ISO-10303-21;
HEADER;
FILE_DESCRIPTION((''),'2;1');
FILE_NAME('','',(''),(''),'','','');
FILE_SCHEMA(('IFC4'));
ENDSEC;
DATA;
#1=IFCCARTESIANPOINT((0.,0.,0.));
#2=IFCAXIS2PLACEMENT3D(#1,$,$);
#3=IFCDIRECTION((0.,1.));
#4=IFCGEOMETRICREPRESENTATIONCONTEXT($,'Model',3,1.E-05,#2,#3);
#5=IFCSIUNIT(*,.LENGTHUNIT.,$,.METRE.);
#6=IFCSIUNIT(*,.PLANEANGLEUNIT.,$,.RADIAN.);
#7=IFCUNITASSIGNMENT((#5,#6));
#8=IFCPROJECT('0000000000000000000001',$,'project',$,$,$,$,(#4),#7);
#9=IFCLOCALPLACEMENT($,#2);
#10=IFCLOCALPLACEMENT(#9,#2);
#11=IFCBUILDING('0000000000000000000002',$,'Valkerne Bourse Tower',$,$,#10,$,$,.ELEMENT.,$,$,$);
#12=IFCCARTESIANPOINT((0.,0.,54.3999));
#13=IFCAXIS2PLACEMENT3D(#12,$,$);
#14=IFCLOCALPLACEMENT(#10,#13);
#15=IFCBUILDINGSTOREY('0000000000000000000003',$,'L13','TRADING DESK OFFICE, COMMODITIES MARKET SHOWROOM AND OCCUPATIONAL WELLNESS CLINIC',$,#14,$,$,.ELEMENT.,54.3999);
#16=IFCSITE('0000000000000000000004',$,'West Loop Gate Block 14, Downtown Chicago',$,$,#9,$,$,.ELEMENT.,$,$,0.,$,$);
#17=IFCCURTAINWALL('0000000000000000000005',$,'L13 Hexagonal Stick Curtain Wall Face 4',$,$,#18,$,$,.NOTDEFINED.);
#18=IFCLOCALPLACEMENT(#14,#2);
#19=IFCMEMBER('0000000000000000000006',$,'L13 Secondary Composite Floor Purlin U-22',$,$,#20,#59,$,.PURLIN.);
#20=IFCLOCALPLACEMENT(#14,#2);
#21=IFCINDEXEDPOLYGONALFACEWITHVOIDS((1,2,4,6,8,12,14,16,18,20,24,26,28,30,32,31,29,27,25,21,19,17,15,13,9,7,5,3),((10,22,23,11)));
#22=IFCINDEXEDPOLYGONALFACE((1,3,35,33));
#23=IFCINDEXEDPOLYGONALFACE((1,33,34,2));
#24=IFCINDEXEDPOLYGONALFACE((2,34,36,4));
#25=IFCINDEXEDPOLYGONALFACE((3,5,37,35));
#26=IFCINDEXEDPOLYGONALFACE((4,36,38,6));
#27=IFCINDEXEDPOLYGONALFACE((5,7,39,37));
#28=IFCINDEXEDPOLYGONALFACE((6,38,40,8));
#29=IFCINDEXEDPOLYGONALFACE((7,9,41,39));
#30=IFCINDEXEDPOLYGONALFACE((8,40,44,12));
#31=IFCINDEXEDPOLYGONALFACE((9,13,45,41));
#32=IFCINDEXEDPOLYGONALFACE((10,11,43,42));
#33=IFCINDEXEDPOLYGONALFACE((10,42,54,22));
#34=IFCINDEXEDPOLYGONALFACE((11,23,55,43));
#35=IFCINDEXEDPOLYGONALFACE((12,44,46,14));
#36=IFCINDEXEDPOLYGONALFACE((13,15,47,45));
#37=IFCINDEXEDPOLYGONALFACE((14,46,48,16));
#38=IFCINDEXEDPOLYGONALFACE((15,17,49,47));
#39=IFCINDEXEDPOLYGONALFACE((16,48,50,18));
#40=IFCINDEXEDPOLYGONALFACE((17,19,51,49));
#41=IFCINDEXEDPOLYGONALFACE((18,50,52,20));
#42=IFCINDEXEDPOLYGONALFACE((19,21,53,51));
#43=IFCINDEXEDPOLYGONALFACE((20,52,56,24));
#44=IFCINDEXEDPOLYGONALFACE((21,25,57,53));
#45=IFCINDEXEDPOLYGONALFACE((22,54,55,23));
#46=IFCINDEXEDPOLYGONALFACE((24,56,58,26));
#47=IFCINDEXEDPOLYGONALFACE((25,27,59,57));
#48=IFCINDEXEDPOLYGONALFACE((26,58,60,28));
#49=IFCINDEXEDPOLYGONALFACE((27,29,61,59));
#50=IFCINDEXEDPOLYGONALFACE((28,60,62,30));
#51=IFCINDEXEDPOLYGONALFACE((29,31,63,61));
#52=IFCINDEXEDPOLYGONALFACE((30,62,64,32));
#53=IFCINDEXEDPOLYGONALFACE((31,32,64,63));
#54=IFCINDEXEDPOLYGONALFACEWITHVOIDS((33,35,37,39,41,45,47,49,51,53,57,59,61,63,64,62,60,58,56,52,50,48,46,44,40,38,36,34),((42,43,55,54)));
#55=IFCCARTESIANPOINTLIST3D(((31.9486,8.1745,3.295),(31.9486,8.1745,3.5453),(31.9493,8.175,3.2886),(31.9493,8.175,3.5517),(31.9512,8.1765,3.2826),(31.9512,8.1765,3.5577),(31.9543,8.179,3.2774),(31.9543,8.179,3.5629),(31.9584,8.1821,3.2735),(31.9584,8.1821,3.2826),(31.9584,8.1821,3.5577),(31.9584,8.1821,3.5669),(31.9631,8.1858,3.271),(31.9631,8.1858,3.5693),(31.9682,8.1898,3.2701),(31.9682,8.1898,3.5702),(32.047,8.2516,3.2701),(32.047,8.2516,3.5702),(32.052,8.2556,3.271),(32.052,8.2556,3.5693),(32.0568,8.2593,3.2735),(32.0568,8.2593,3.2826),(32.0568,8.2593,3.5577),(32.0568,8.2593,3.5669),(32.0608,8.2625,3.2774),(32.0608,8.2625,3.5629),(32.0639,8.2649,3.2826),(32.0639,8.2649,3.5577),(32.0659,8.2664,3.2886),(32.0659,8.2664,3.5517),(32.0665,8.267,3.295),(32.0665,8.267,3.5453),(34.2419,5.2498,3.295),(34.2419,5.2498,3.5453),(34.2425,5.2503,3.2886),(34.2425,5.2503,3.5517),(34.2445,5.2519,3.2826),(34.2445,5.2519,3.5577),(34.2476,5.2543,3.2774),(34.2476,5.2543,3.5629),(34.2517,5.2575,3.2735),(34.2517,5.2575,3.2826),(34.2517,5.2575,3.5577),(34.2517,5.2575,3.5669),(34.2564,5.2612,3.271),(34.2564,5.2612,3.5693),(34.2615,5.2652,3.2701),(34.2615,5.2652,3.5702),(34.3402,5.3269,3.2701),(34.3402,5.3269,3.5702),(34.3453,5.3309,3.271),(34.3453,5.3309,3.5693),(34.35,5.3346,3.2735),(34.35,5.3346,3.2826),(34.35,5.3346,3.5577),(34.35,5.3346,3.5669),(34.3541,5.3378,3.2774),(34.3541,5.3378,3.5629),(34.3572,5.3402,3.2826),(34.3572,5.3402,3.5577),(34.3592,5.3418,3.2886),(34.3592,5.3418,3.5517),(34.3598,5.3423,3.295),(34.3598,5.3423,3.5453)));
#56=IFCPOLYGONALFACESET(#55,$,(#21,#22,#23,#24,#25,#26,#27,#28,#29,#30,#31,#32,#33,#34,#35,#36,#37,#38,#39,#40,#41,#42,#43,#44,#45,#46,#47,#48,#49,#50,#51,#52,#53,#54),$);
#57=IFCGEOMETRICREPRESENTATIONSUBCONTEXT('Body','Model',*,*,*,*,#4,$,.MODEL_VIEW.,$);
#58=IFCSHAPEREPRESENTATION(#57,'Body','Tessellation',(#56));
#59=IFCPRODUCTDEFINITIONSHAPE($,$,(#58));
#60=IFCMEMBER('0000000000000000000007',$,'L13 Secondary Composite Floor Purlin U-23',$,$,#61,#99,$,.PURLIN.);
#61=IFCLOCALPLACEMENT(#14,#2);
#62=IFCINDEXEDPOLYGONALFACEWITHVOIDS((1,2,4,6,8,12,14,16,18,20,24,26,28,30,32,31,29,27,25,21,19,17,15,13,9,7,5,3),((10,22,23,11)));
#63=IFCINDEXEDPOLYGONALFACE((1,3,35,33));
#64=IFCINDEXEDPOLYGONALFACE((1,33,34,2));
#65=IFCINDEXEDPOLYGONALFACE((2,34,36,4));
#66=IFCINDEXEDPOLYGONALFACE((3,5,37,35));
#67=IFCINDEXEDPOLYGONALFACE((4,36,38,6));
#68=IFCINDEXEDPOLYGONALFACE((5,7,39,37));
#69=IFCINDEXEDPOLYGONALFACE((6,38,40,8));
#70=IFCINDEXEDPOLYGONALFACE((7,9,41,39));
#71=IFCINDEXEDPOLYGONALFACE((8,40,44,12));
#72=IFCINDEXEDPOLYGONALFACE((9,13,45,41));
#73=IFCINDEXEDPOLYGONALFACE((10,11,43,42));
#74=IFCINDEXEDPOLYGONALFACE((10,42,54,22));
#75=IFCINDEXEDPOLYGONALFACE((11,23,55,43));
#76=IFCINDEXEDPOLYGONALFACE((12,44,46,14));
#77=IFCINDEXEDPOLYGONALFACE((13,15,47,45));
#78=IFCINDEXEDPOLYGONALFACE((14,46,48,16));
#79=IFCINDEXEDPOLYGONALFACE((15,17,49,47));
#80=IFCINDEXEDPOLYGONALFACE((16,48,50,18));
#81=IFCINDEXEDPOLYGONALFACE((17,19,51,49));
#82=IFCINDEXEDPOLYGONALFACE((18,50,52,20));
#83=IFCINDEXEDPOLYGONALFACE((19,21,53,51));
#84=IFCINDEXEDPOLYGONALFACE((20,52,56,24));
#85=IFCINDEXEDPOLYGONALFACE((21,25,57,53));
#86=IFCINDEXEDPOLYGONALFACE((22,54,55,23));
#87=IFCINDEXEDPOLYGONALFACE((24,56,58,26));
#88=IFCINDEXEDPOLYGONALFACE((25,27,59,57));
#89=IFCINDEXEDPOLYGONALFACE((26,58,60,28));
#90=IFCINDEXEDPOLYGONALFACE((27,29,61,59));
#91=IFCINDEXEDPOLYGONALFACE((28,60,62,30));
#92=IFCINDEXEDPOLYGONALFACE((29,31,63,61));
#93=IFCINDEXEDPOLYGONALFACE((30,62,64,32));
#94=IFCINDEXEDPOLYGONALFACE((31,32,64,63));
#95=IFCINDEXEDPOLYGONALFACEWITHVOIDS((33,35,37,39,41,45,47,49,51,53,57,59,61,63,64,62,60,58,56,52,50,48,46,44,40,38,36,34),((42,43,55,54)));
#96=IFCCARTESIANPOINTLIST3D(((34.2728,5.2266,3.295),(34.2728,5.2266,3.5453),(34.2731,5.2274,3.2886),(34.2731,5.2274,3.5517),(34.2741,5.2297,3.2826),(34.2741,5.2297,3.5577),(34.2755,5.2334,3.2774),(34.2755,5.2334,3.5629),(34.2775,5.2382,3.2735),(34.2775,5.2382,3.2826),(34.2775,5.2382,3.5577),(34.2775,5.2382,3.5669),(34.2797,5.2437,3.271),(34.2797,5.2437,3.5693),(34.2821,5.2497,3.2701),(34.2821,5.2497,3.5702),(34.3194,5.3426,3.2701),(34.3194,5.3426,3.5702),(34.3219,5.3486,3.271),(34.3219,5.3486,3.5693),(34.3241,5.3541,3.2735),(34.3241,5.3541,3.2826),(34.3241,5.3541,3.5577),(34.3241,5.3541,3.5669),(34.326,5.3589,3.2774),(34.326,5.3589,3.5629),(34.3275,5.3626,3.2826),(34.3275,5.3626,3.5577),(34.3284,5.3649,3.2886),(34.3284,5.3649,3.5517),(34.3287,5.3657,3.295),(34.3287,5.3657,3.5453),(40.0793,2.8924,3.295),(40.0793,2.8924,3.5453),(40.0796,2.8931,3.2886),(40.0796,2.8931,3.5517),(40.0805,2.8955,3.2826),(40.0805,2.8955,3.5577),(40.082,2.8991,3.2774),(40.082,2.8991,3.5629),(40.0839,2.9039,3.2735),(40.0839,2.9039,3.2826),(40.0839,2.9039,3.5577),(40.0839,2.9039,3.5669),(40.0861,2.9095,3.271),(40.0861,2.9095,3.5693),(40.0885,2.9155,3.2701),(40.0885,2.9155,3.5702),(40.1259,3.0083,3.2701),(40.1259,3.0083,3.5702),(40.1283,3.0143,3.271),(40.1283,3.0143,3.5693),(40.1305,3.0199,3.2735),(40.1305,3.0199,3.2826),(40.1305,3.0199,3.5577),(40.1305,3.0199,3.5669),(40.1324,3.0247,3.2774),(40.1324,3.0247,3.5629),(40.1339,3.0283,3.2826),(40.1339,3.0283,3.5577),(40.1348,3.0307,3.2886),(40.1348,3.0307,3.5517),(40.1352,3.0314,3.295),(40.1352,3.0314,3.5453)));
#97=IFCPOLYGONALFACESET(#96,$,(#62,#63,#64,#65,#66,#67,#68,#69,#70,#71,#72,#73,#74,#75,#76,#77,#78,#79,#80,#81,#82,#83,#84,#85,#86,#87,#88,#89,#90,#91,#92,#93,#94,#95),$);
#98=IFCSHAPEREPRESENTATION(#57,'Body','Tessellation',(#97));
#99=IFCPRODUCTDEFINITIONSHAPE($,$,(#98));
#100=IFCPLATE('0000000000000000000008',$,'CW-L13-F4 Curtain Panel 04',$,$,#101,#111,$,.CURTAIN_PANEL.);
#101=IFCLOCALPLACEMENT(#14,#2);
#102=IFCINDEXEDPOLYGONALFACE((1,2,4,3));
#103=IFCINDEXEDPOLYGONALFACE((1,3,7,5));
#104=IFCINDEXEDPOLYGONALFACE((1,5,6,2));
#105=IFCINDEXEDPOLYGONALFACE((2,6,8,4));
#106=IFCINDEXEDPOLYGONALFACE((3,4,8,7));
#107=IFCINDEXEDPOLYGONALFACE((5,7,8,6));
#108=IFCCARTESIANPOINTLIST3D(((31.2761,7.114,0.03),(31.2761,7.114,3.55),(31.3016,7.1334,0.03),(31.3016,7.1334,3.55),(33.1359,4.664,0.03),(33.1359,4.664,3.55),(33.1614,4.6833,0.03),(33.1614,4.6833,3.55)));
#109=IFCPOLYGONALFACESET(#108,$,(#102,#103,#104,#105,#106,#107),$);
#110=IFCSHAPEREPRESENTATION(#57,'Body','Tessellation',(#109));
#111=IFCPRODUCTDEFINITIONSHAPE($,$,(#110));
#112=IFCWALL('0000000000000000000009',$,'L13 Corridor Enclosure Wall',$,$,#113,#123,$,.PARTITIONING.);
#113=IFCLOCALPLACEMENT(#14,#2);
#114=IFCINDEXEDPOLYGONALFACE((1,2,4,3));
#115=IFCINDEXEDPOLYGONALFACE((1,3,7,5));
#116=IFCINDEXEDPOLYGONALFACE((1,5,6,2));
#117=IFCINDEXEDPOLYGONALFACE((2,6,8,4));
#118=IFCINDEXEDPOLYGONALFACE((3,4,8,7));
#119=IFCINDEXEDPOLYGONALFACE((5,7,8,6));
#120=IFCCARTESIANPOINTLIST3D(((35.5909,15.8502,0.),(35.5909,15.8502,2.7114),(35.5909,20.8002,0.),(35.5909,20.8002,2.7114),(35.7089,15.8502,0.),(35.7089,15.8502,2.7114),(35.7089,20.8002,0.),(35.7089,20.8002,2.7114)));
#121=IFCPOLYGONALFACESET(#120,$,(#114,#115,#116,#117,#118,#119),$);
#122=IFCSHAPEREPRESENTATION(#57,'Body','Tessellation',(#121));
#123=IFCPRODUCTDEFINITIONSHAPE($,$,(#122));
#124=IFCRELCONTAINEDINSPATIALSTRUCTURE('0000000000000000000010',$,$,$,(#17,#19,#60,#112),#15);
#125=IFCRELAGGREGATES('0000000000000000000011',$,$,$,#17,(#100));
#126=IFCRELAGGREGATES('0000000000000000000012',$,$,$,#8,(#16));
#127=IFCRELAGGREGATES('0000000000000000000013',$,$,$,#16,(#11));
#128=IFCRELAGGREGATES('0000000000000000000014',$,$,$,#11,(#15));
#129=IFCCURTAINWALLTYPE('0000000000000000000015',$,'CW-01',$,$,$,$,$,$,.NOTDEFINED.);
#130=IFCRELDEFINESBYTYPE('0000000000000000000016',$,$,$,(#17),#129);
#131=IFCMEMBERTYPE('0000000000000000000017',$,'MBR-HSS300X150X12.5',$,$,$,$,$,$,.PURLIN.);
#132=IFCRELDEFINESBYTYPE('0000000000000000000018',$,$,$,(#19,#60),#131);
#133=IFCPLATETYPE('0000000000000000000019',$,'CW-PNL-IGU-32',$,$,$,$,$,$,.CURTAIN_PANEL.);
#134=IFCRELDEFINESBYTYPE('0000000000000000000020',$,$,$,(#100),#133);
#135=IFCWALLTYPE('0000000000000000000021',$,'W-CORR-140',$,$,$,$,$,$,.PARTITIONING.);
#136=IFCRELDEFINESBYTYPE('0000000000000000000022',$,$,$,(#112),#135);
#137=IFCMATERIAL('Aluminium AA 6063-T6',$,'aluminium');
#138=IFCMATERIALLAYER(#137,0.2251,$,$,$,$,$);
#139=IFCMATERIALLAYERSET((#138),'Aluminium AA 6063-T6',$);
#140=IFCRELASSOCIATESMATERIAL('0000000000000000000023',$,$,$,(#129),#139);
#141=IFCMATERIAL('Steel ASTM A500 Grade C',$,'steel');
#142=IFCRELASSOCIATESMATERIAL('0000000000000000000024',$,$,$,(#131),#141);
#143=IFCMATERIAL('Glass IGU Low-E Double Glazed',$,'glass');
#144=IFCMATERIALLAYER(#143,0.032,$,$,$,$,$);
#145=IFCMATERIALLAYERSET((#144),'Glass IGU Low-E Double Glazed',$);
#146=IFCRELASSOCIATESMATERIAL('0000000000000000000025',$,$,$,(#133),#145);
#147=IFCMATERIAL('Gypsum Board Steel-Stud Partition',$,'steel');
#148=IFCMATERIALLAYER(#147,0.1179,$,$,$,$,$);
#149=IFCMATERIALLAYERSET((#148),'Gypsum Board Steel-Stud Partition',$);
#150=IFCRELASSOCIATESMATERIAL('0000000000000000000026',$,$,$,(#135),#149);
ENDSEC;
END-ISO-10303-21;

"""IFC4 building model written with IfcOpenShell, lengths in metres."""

from ifc_helpers import new_model, si_unit, direction, frame, frame_2d, origin, origin_2d, place, context, subcontext, project, spatial, rectangle, hollow_rectangle, extrude, material, layer, layer_set, material_profile, profile_set, type_object, element, aggregate, save


model = new_model("IFC4")

# Units and contexts
model_context = context("Model", 3, precision=1e-05, world=origin(), true_north=direction((0.0, 1.0)))
body_context = subcontext(model_context, "Body", "Model", "MODEL_VIEW")
ifc_project = project(units=[si_unit("LENGTHUNIT", "METRE"), si_unit("PLANEANGLEUNIT", "RADIAN")], contexts=[model_context])

# Site, building, storey
site_placement = place(None, origin())
site = spatial("IfcSite", under=ifc_project, at=site_placement, Name="West Loop Gate Block 14, Downtown Chicago", CompositionType="ELEMENT", RefElevation=0.0)
building_placement = place(site_placement, origin())
building = spatial("IfcBuilding", under=site, at=building_placement, Name="Valkerne Bourse Tower", CompositionType="ELEMENT")
storey_placement = place(building_placement, frame((0.0, 0.0, 54.3999)))
storey = spatial("IfcBuildingStorey", under=building, at=storey_placement, Name="L13", Description="TRADING DESK OFFICE, COMMODITIES MARKET SHOWROOM AND OCCUPATIONAL WELLNESS CLINIC", CompositionType="ELEMENT", Elevation=54.3999)

# Curtain wall
ifc_material_1 = material(Name="Aluminium AA 6063-T6", Category="aluminium")
ifc_layer_1 = layer(ifc_material_1, 0.2251)
ifc_layer_set_1 = layer_set([ifc_layer_1], Name="Aluminium AA 6063-T6")
curtain_wall_type = type_object("IfcCurtainWallType", Name="CW-01", PredefinedType="NOTDEFINED", material=ifc_layer_set_1)
curtain_wall_placement = place(storey_placement, origin())
curtain_wall = element("IfcCurtainWall", 1, at=curtain_wall_placement, inside=storey, type_object=curtain_wall_type, Name="L13 Hexagonal Stick Curtain Wall Face 4", PredefinedType="NOTDEFINED")

# Members
ifc_material_2 = material(Name="Steel ASTM A500 Grade C", Category="steel")
ifc_material_profile_1 = material_profile(ifc_material_2, hollow_rectangle(XDim=0.1499, YDim=0.3, WallThickness=0.0125, OuterFilletRadius=0.0249, at=origin_2d()), Name="HSS300X150X12.5")
ifc_profile_set_1 = profile_set([ifc_material_profile_1], Name="Steel ASTM A500 Grade C")
member_type_1 = type_object("IfcMemberType", Name="MBR-HSS300X150X12.5", PredefinedType="PURLIN", material=ifc_profile_set_1)
member_1_placement = place(storey_placement, frame((32.0076, 8.2207, 3.4202), z_axis=(0.617047, -0.786927, 0.0), x_axis=(0.786927, 0.617047, 0.0)))
element("IfcMember", 2, at=member_1_placement, inside=storey, type_object=member_type_1, Name="L13 Secondary Composite Floor Purlin U-22", PredefinedType="PURLIN", context=body_context, shape_type="SweptSolid", body=[
    extrude(hollow_rectangle(XDim=0.1499, YDim=0.3, WallThickness=0.0125, OuterFilletRadius=0.0249, at=origin_2d()), origin(), (0.0, 0.0, 1.0), 3.7166),
])
member_2_placement = place(storey_placement, frame((34.3008, 5.2961, 3.4202), z_axis=(0.927832, -0.372998, 0.0), x_axis=(0.372998, 0.927832, 0.0)))
element("IfcMember", 3, at=member_2_placement, inside=storey, type_object=member_type_1, Name="L13 Secondary Composite Floor Purlin U-23", PredefinedType="PURLIN", context=body_context, shape_type="SweptSolid", body=[
    extrude(hollow_rectangle(XDim=0.1499, YDim=0.3, WallThickness=0.0125, OuterFilletRadius=0.0249, at=origin_2d()), origin(), (0.0, 0.0, 1.0), 6.2581),
])

# Plate
ifc_material_3 = material(Name="Glass IGU Low-E Double Glazed", Category="glass")
ifc_layer_2 = layer(ifc_material_3, 0.032)
ifc_layer_set_2 = layer_set([ifc_layer_2], Name="Glass IGU Low-E Double Glazed")
plate_type = type_object("IfcPlateType", Name="CW-PNL-IGU-32", PredefinedType="CURTAIN_PANEL", material=ifc_layer_set_2)
plate_placement = place(storey_placement, frame((32.2188, 5.8987, 0.03), z_axis=(0.0, 0.0, 1.0), x_axis=(0.604607, -0.796524, 0.0)))
plate = element("IfcPlate", 4, at=plate_placement, type_object=plate_type, Name="CW-L13-F4 Curtain Panel 04", PredefinedType="CURTAIN_PANEL", context=body_context, shape_type="SweptSolid", body=[
    extrude(rectangle(XDim=3.0759, YDim=0.032, at=origin_2d()), origin(), (0.0, 0.0, 1.0), 3.52),
])
aggregate(curtain_wall, [plate])

# Wall
ifc_material_4 = material(Name="Gypsum Board Steel-Stud Partition", Category="steel")
ifc_layer_3 = layer(ifc_material_4, 0.1179)
ifc_layer_set_3 = layer_set([ifc_layer_3], Name="Gypsum Board Steel-Stud Partition")
wall_type = type_object("IfcWallType", Name="W-CORR-140", PredefinedType="PARTITIONING", material=ifc_layer_set_3)
wall_placement = place(storey_placement, frame((35.6499, 15.8501, 0.0), z_axis=(0.0, 0.0, 1.0), x_axis=(0.0, 1.0, 0.0)))
element("IfcWall", 5, at=wall_placement, inside=storey, type_object=wall_type, Name="L13 Corridor Enclosure Wall", PredefinedType="PARTITIONING", context=body_context, shape_type="SweptSolid", body=[
    extrude(rectangle(XDim=4.95, YDim=0.1179, at=frame_2d((2.4751, 0.0))), origin(), (0.0, 0.0, 1.0), 2.7114),
])

save(model, "model.ifc")
